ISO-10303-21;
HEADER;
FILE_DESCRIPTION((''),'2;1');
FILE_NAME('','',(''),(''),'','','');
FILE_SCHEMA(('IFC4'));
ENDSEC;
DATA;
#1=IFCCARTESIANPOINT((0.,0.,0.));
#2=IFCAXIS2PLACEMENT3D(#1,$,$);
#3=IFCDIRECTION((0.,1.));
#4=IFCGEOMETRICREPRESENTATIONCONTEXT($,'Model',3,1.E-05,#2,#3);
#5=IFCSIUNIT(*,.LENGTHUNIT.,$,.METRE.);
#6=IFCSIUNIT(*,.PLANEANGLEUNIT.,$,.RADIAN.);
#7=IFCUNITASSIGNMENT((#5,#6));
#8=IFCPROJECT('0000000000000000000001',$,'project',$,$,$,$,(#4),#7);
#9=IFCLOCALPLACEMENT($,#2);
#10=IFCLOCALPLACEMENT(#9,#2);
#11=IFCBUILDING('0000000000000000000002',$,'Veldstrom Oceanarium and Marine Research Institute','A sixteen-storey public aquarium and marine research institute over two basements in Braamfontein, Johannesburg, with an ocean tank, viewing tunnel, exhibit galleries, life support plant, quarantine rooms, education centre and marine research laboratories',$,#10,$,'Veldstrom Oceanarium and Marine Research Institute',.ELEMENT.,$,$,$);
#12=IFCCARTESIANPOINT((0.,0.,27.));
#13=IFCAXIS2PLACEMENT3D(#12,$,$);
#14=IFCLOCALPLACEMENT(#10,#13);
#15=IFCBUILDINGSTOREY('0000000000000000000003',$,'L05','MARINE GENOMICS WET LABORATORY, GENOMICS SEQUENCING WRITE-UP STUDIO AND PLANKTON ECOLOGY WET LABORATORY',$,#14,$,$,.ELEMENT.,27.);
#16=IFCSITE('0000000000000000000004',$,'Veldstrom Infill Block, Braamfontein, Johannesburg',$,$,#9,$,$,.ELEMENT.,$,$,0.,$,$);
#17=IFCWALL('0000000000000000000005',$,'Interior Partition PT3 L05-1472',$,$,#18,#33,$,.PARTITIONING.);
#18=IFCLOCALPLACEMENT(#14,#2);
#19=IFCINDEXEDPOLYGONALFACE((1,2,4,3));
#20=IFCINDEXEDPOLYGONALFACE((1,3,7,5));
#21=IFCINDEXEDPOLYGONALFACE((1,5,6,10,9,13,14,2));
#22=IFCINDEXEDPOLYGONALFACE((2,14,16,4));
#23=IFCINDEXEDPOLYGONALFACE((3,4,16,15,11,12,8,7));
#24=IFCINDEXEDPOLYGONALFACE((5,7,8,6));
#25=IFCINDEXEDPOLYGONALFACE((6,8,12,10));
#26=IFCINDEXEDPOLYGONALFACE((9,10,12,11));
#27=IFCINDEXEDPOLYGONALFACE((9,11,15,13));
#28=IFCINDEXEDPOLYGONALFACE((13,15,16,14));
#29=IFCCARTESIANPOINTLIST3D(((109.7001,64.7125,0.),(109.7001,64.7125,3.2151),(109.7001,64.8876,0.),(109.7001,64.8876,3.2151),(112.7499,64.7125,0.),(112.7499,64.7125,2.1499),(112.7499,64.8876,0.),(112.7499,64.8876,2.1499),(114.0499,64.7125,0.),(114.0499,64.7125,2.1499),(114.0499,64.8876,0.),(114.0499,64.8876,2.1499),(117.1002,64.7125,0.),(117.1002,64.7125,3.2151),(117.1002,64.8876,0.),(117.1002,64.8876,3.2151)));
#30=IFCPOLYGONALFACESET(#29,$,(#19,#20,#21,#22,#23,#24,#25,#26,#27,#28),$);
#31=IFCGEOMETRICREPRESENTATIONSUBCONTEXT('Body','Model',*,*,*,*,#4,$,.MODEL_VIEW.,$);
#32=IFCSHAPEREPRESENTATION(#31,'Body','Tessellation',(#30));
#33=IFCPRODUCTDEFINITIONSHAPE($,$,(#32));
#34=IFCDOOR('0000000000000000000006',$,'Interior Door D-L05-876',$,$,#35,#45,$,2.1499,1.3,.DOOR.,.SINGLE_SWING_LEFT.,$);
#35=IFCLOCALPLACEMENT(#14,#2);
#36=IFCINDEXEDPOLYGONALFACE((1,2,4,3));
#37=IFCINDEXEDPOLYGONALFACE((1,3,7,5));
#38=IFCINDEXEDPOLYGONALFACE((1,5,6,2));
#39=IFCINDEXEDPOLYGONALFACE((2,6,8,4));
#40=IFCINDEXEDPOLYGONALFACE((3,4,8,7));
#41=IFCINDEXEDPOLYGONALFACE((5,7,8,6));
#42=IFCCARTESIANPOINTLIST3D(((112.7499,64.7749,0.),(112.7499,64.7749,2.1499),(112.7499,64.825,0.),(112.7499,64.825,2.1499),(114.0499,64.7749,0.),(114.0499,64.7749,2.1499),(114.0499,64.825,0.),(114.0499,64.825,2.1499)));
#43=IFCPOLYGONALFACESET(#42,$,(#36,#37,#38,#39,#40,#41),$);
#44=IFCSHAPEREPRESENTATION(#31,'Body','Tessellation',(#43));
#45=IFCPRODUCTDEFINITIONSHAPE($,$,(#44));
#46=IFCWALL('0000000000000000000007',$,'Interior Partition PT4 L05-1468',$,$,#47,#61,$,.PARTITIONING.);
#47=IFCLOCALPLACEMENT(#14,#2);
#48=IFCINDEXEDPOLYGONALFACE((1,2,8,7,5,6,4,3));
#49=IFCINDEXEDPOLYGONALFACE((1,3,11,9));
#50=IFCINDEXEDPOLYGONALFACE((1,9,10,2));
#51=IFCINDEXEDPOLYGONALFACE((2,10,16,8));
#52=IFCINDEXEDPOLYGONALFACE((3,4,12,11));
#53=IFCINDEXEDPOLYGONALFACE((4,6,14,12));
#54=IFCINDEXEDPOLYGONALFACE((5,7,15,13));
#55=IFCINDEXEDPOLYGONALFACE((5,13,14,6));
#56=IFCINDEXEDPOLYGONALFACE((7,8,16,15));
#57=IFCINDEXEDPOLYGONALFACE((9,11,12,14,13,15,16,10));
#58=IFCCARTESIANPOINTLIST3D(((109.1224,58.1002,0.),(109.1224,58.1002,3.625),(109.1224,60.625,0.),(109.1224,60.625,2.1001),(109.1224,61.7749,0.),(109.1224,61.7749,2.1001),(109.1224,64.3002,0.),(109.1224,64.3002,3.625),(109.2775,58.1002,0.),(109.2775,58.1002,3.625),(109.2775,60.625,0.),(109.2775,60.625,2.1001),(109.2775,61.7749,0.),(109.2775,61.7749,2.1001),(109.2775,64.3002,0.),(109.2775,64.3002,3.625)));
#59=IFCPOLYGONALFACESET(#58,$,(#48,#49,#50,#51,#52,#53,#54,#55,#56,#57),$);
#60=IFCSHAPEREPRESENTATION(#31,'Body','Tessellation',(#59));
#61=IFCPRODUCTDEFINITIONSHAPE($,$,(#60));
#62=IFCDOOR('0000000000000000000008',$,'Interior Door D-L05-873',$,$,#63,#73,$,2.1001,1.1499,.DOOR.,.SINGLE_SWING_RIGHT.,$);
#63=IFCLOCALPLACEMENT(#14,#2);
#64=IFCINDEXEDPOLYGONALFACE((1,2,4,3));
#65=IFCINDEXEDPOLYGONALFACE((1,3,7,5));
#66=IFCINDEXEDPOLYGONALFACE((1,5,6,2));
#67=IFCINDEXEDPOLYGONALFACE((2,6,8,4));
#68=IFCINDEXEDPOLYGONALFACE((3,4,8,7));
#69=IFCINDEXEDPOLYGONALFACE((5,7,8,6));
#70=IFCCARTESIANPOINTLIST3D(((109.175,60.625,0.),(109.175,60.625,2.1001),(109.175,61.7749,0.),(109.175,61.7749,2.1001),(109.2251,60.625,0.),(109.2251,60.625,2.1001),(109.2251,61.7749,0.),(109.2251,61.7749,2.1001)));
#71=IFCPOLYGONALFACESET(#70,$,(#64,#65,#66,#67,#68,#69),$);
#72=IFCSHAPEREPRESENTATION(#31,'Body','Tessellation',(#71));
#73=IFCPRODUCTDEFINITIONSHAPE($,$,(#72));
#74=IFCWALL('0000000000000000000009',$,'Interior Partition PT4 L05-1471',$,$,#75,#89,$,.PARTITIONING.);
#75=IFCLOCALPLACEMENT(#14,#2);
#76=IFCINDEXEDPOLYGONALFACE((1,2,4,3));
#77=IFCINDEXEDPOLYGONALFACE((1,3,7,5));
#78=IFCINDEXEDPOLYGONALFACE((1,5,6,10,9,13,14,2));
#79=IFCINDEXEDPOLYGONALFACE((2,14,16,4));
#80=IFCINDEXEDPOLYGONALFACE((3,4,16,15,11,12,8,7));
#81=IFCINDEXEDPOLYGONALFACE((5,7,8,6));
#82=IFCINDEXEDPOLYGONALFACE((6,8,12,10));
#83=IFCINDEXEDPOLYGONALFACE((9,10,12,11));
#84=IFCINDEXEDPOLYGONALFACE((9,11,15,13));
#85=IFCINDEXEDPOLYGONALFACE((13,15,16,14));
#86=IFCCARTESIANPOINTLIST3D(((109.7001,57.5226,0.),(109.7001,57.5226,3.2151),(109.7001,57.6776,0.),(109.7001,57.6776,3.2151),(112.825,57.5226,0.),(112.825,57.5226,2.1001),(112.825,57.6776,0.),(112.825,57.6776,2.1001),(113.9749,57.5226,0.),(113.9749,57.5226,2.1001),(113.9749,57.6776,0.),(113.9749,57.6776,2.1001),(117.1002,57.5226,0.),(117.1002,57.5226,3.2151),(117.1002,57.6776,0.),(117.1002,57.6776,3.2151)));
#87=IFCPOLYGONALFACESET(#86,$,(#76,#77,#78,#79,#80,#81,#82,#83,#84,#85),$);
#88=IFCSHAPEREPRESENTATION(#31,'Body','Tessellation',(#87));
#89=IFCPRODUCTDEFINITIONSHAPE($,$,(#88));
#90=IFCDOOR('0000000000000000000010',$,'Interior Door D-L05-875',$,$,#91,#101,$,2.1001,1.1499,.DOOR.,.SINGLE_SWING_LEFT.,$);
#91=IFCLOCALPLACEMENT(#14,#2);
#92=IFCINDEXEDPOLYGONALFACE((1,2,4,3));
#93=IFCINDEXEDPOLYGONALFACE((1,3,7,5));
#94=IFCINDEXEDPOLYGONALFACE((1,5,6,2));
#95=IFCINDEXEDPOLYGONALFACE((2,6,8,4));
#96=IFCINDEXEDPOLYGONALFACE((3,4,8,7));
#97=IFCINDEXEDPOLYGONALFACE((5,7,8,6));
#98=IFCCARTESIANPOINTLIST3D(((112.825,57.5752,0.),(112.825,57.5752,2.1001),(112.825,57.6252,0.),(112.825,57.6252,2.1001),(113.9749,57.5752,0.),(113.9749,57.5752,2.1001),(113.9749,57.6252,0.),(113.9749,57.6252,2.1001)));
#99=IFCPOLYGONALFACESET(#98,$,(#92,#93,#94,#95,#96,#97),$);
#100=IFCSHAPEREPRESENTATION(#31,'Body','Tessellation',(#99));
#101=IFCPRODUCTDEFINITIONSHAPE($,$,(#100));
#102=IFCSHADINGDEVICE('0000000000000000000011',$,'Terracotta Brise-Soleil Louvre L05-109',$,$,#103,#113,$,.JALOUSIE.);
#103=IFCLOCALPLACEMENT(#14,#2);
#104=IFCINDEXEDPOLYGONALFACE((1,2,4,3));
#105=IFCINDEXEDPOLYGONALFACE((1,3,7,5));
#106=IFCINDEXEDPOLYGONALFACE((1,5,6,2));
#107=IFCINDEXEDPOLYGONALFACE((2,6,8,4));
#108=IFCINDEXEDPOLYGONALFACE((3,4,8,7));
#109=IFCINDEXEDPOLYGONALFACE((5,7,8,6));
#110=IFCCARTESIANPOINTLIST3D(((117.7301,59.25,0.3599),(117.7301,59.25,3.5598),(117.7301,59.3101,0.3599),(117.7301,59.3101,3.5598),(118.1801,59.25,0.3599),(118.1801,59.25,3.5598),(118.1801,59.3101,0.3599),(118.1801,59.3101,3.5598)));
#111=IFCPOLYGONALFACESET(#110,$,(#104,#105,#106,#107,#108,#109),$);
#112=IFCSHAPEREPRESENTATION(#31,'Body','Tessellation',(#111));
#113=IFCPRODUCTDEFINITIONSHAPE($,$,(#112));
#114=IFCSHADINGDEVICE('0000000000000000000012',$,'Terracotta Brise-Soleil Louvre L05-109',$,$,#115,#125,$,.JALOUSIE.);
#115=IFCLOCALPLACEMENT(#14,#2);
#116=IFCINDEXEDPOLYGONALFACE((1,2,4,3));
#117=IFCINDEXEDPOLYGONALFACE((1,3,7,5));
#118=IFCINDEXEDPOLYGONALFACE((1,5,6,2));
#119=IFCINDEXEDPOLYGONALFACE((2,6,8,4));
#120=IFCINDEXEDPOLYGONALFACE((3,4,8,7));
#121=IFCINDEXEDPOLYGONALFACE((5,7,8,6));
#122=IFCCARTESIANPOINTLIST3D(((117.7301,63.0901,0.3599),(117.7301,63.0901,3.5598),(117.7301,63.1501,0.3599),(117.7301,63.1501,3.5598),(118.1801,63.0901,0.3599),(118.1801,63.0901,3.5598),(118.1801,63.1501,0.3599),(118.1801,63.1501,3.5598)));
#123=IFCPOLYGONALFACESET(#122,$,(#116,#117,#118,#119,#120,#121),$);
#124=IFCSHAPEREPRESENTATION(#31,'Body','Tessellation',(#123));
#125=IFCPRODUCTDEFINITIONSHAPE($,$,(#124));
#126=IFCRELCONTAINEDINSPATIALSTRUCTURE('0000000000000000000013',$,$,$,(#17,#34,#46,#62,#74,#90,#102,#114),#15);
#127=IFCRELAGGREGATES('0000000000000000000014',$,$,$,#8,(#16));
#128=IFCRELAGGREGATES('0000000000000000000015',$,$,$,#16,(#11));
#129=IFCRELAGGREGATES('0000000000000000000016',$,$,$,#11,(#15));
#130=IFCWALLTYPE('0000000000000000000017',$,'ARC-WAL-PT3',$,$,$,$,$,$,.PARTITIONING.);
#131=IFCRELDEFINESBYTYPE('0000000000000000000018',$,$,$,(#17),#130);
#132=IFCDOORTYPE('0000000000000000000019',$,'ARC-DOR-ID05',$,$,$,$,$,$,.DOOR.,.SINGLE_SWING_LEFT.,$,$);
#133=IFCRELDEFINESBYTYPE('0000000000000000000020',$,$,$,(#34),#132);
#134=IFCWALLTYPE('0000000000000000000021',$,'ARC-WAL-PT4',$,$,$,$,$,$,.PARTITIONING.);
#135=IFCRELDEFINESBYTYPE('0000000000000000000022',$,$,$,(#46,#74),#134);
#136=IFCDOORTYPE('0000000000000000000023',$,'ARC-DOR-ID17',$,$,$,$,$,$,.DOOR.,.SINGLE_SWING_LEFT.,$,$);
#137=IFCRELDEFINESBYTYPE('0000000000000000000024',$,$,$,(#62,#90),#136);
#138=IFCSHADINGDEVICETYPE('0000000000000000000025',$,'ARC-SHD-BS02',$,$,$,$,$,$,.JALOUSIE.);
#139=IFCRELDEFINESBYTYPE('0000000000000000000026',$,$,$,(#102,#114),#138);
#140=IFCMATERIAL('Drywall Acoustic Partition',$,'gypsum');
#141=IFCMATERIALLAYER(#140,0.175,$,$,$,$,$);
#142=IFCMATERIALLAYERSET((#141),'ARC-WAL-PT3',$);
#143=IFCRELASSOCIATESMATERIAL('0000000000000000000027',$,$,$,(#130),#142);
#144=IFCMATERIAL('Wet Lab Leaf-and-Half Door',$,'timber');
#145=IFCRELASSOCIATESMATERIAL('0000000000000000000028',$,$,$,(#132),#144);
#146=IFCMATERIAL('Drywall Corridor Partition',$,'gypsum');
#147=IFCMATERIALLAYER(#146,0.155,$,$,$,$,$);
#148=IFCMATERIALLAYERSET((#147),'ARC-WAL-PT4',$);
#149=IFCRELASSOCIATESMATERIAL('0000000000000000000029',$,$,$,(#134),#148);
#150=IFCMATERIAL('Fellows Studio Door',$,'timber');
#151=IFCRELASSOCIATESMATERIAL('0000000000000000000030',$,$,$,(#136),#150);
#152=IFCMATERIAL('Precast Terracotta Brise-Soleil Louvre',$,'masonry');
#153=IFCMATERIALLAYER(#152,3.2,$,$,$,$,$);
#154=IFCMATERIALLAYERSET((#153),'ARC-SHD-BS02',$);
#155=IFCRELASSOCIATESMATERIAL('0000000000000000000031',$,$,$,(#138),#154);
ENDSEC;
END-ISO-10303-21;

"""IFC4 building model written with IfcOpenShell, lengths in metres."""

from ifc_helpers import new_model, si_unit, direction, frame, frame_2d, origin, origin_2d, place, context, subcontext, project, spatial, rectangle, extrude, material, layer, layer_set, type_object, element, fill, save


model = new_model("IFC4")

# Units and contexts
model_context = context("Model", 3, precision=1e-05, world=origin(), true_north=direction((0.0, 1.0)))
body_context = subcontext(model_context, "Body", "Model", "MODEL_VIEW")
ifc_project = project(units=[si_unit("LENGTHUNIT", "METRE"), si_unit("PLANEANGLEUNIT", "RADIAN")], contexts=[model_context])

# Site, building, storey
site_placement = place(None, origin())
site = spatial("IfcSite", under=ifc_project, at=site_placement, Name="Veldstrom Infill Block, Braamfontein, Johannesburg", CompositionType="ELEMENT", RefElevation=0.0)
building_placement = place(site_placement, origin())
building = spatial("IfcBuilding", under=site, at=building_placement, Name="Veldstrom Oceanarium and Marine Research Institute", Description="A sixteen-storey public aquarium and marine research institute over two basements in Braamfontein, Johannesburg, with an ocean tank, viewing tunnel, exhibit galleries, life support plant, quarantine rooms, education centre and marine research laboratories", LongName="Veldstrom Oceanarium and Marine Research Institute", CompositionType="ELEMENT")
storey_placement = place(building_placement, frame((0.0, 0.0, 27.0)))
storey = spatial("IfcBuildingStorey", under=building, at=storey_placement, Name="L05", Description="MARINE GENOMICS WET LABORATORY, GENOMICS SEQUENCING WRITE-UP STUDIO AND PLANKTON ECOLOGY WET LABORATORY", CompositionType="ELEMENT", Elevation=27.0)

# Walls, openings, doors
ifc_material_1 = material(Name="Drywall Acoustic Partition", Category="gypsum")
ifc_layer_1 = layer(ifc_material_1, 0.175)
ifc_layer_set_1 = layer_set([ifc_layer_1], Name="ARC-WAL-PT3")
wall_type_1 = type_object("IfcWallType", Name="ARC-WAL-PT3", PredefinedType="PARTITIONING", material=ifc_layer_set_1)
wall_1_placement = place(storey_placement, frame((109.7, 64.8, 0.0), z_axis=(0.0, 0.0, 1.0), x_axis=(1.0, 0.0, 0.0)))
wall_1 = element("IfcWall", 1, at=wall_1_placement, inside=storey, type_object=wall_type_1, Name="Interior Partition PT3 L05-1472", PredefinedType="PARTITIONING", context=body_context, shape_type="SweptSolid", body=[
    extrude(rectangle(XDim=7.4001, YDim=0.175, at=frame_2d((3.7002, 0.0))), origin(), (0.0, 0.0, 1.0), 3.2151),
])
opening_1_placement = place(wall_1_placement, frame((3.05, 0.0, 0.0)))
opening_1 = element("IfcOpeningElement", 2, at=opening_1_placement, cuts=wall_1, PredefinedType="OPENING", context=body_context, shape_type="SweptSolid", body=[
    extrude(rectangle(XDim=1.3, YDim=2.1499, at=frame_2d((0.6499, 1.075))), frame((0.0, 0.0974, 0.0), z_axis=(0.0, -1.0, 0.0), x_axis=(1.0, 0.0, 0.0)), (0.0, 0.0, 1.0), 0.1951),
])
ifc_material_2 = material(Name="Wet Lab Leaf-and-Half Door", Category="timber")
door_type_1 = type_object("IfcDoorType", Name="ARC-DOR-ID05", OperationType="SINGLE_SWING_LEFT", PredefinedType="DOOR", material=ifc_material_2)
door_1_placement = place(opening_1_placement, origin())
door_1 = element("IfcDoor", 3, at=door_1_placement, inside=storey, type_object=door_type_1, Name="Interior Door D-L05-876", OperationType="SINGLE_SWING_LEFT", OverallHeight=2.1499, OverallWidth=1.3, PredefinedType="DOOR", context=body_context, shape_type="SweptSolid", body=[
    extrude(rectangle(XDim=1.3, YDim=2.1499, at=frame_2d((0.6499, 1.075))), frame((0.0, 0.0249, 0.0), z_axis=(0.0, -1.0, 0.0), x_axis=(1.0, 0.0, 0.0)), (0.0, 0.0, 1.0), 0.05),
])
fill(opening_1, door_1)
ifc_material_3 = material(Name="Drywall Corridor Partition", Category="gypsum")
ifc_layer_2 = layer(ifc_material_3, 0.155)
ifc_layer_set_2 = layer_set([ifc_layer_2], Name="ARC-WAL-PT4")
wall_type_2 = type_object("IfcWallType", Name="ARC-WAL-PT4", PredefinedType="PARTITIONING", material=ifc_layer_set_2)
wall_2_placement = place(storey_placement, frame((109.2, 58.1001, 0.0), z_axis=(0.0, 0.0, 1.0), x_axis=(0.0, 1.0, 0.0)))
wall_2 = element("IfcWall", 4, at=wall_2_placement, inside=storey, type_object=wall_type_2, Name="Interior Partition PT4 L05-1468", PredefinedType="PARTITIONING", context=body_context, shape_type="SweptSolid", body=[
    extrude(rectangle(XDim=6.2, YDim=0.155, at=frame_2d((3.1001, 0.0))), origin(), (0.0, 0.0, 1.0), 3.625),
])
opening_2_placement = place(wall_2_placement, frame((2.5249, 0.0, 0.0)))
opening_2 = element("IfcOpeningElement", 5, at=opening_2_placement, cuts=wall_2, PredefinedType="OPENING", context=body_context, shape_type="SweptSolid", body=[
    extrude(rectangle(XDim=1.1499, YDim=2.1001, at=frame_2d((0.575, 1.05))), frame((0.0, 0.0874, 0.0), z_axis=(0.0, -1.0, 0.0), x_axis=(1.0, 0.0, 0.0)), (0.0, 0.0, 1.0), 0.175),
])
ifc_material_4 = material(Name="Fellows Studio Door", Category="timber")
door_type_2 = type_object("IfcDoorType", Name="ARC-DOR-ID17", OperationType="SINGLE_SWING_LEFT", PredefinedType="DOOR", material=ifc_material_4)
door_2_placement = place(opening_2_placement, origin())
door_2 = element("IfcDoor", 6, at=door_2_placement, inside=storey, type_object=door_type_2, Name="Interior Door D-L05-873", OperationType="SINGLE_SWING_RIGHT", OverallHeight=2.1001, OverallWidth=1.1499, PredefinedType="DOOR", context=body_context, shape_type="SweptSolid", body=[
    extrude(rectangle(XDim=1.1499, YDim=2.1001, at=frame_2d((0.575, 1.05))), frame((0.0, 0.0249, 0.0), z_axis=(0.0, -1.0, 0.0), x_axis=(1.0, 0.0, 0.0)), (0.0, 0.0, 1.0), 0.05),
])
fill(opening_2, door_2)
wall_3_placement = place(storey_placement, frame((109.7, 57.6001, 0.0), z_axis=(0.0, 0.0, 1.0), x_axis=(1.0, 0.0, 0.0)))
wall_3 = element("IfcWall", 7, at=wall_3_placement, inside=storey, type_object=wall_type_2, Name="Interior Partition PT4 L05-1471", PredefinedType="PARTITIONING", context=body_context, shape_type="SweptSolid", body=[
    extrude(rectangle(XDim=7.4001, YDim=0.155, at=frame_2d((3.7002, 0.0))), origin(), (0.0, 0.0, 1.0), 3.2151),
])
opening_3_placement = place(wall_3_placement, frame((3.125, 0.0, 0.0)))
opening_3 = element("IfcOpeningElement", 8, at=opening_3_placement, cuts=wall_3, PredefinedType="OPENING", context=body_context, shape_type="SweptSolid", body=[
    extrude(rectangle(XDim=1.1499, YDim=2.1001, at=frame_2d((0.575, 1.05))), frame((0.0, 0.0874, 0.0), z_axis=(0.0, -1.0, 0.0), x_axis=(1.0, 0.0, 0.0)), (0.0, 0.0, 1.0), 0.175),
])
door_3_placement = place(opening_3_placement, frame((1.1499, 0.0, 0.0), z_axis=(0.0, 0.0, 1.0), x_axis=(-1.0, 0.0, 0.0)))
door_3 = element("IfcDoor", 9, at=door_3_placement, inside=storey, type_object=door_type_2, Name="Interior Door D-L05-875", OperationType="SINGLE_SWING_LEFT", OverallHeight=2.1001, OverallWidth=1.1499, PredefinedType="DOOR", context=body_context, shape_type="SweptSolid", body=[
    extrude(rectangle(XDim=1.1499, YDim=2.1001, at=frame_2d((0.575, 1.05))), frame((0.0, 0.0249, 0.0), z_axis=(0.0, -1.0, 0.0), x_axis=(1.0, 0.0, 0.0)), (0.0, 0.0, 1.0), 0.05),
])
fill(opening_3, door_3)

# Shading devices
ifc_material_5 = material(Name="Precast Terracotta Brise-Soleil Louvre", Category="masonry")
ifc_layer_3 = layer(ifc_material_5, 3.2)
ifc_layer_set_3 = layer_set([ifc_layer_3], Name="ARC-SHD-BS02")
shading_device_type = type_object("IfcShadingDeviceType", Name="ARC-SHD-BS02", PredefinedType="JALOUSIE", material=ifc_layer_set_3)
for number, where, z_axis, x_axis, name in (
    (10, (117.9551, 59.28, 0.3599), (0.0, 0.0, 1.0), (1.0, 0.0, 0.0), "Terracotta Brise-Soleil Louvre L05-109"),
    (11, (117.9551, 63.1201, 0.3599), (0.0, 0.0, 1.0), (1.0, 0.0, 0.0), "Terracotta Brise-Soleil Louvre L05-109"),
):
    element("IfcShadingDevice", number, at=place(storey_placement, frame(where, z_axis=z_axis, x_axis=x_axis)), inside=storey, type_object=shading_device_type, Name=name, PredefinedType="JALOUSIE", context=body_context, shape_type="SweptSolid", body=[
        extrude(rectangle(XDim=0.45, YDim=0.0601, at=origin_2d()), origin(), (0.0, 0.0, 1.0), 3.2),
    ])

save(model, "model.ifc")
